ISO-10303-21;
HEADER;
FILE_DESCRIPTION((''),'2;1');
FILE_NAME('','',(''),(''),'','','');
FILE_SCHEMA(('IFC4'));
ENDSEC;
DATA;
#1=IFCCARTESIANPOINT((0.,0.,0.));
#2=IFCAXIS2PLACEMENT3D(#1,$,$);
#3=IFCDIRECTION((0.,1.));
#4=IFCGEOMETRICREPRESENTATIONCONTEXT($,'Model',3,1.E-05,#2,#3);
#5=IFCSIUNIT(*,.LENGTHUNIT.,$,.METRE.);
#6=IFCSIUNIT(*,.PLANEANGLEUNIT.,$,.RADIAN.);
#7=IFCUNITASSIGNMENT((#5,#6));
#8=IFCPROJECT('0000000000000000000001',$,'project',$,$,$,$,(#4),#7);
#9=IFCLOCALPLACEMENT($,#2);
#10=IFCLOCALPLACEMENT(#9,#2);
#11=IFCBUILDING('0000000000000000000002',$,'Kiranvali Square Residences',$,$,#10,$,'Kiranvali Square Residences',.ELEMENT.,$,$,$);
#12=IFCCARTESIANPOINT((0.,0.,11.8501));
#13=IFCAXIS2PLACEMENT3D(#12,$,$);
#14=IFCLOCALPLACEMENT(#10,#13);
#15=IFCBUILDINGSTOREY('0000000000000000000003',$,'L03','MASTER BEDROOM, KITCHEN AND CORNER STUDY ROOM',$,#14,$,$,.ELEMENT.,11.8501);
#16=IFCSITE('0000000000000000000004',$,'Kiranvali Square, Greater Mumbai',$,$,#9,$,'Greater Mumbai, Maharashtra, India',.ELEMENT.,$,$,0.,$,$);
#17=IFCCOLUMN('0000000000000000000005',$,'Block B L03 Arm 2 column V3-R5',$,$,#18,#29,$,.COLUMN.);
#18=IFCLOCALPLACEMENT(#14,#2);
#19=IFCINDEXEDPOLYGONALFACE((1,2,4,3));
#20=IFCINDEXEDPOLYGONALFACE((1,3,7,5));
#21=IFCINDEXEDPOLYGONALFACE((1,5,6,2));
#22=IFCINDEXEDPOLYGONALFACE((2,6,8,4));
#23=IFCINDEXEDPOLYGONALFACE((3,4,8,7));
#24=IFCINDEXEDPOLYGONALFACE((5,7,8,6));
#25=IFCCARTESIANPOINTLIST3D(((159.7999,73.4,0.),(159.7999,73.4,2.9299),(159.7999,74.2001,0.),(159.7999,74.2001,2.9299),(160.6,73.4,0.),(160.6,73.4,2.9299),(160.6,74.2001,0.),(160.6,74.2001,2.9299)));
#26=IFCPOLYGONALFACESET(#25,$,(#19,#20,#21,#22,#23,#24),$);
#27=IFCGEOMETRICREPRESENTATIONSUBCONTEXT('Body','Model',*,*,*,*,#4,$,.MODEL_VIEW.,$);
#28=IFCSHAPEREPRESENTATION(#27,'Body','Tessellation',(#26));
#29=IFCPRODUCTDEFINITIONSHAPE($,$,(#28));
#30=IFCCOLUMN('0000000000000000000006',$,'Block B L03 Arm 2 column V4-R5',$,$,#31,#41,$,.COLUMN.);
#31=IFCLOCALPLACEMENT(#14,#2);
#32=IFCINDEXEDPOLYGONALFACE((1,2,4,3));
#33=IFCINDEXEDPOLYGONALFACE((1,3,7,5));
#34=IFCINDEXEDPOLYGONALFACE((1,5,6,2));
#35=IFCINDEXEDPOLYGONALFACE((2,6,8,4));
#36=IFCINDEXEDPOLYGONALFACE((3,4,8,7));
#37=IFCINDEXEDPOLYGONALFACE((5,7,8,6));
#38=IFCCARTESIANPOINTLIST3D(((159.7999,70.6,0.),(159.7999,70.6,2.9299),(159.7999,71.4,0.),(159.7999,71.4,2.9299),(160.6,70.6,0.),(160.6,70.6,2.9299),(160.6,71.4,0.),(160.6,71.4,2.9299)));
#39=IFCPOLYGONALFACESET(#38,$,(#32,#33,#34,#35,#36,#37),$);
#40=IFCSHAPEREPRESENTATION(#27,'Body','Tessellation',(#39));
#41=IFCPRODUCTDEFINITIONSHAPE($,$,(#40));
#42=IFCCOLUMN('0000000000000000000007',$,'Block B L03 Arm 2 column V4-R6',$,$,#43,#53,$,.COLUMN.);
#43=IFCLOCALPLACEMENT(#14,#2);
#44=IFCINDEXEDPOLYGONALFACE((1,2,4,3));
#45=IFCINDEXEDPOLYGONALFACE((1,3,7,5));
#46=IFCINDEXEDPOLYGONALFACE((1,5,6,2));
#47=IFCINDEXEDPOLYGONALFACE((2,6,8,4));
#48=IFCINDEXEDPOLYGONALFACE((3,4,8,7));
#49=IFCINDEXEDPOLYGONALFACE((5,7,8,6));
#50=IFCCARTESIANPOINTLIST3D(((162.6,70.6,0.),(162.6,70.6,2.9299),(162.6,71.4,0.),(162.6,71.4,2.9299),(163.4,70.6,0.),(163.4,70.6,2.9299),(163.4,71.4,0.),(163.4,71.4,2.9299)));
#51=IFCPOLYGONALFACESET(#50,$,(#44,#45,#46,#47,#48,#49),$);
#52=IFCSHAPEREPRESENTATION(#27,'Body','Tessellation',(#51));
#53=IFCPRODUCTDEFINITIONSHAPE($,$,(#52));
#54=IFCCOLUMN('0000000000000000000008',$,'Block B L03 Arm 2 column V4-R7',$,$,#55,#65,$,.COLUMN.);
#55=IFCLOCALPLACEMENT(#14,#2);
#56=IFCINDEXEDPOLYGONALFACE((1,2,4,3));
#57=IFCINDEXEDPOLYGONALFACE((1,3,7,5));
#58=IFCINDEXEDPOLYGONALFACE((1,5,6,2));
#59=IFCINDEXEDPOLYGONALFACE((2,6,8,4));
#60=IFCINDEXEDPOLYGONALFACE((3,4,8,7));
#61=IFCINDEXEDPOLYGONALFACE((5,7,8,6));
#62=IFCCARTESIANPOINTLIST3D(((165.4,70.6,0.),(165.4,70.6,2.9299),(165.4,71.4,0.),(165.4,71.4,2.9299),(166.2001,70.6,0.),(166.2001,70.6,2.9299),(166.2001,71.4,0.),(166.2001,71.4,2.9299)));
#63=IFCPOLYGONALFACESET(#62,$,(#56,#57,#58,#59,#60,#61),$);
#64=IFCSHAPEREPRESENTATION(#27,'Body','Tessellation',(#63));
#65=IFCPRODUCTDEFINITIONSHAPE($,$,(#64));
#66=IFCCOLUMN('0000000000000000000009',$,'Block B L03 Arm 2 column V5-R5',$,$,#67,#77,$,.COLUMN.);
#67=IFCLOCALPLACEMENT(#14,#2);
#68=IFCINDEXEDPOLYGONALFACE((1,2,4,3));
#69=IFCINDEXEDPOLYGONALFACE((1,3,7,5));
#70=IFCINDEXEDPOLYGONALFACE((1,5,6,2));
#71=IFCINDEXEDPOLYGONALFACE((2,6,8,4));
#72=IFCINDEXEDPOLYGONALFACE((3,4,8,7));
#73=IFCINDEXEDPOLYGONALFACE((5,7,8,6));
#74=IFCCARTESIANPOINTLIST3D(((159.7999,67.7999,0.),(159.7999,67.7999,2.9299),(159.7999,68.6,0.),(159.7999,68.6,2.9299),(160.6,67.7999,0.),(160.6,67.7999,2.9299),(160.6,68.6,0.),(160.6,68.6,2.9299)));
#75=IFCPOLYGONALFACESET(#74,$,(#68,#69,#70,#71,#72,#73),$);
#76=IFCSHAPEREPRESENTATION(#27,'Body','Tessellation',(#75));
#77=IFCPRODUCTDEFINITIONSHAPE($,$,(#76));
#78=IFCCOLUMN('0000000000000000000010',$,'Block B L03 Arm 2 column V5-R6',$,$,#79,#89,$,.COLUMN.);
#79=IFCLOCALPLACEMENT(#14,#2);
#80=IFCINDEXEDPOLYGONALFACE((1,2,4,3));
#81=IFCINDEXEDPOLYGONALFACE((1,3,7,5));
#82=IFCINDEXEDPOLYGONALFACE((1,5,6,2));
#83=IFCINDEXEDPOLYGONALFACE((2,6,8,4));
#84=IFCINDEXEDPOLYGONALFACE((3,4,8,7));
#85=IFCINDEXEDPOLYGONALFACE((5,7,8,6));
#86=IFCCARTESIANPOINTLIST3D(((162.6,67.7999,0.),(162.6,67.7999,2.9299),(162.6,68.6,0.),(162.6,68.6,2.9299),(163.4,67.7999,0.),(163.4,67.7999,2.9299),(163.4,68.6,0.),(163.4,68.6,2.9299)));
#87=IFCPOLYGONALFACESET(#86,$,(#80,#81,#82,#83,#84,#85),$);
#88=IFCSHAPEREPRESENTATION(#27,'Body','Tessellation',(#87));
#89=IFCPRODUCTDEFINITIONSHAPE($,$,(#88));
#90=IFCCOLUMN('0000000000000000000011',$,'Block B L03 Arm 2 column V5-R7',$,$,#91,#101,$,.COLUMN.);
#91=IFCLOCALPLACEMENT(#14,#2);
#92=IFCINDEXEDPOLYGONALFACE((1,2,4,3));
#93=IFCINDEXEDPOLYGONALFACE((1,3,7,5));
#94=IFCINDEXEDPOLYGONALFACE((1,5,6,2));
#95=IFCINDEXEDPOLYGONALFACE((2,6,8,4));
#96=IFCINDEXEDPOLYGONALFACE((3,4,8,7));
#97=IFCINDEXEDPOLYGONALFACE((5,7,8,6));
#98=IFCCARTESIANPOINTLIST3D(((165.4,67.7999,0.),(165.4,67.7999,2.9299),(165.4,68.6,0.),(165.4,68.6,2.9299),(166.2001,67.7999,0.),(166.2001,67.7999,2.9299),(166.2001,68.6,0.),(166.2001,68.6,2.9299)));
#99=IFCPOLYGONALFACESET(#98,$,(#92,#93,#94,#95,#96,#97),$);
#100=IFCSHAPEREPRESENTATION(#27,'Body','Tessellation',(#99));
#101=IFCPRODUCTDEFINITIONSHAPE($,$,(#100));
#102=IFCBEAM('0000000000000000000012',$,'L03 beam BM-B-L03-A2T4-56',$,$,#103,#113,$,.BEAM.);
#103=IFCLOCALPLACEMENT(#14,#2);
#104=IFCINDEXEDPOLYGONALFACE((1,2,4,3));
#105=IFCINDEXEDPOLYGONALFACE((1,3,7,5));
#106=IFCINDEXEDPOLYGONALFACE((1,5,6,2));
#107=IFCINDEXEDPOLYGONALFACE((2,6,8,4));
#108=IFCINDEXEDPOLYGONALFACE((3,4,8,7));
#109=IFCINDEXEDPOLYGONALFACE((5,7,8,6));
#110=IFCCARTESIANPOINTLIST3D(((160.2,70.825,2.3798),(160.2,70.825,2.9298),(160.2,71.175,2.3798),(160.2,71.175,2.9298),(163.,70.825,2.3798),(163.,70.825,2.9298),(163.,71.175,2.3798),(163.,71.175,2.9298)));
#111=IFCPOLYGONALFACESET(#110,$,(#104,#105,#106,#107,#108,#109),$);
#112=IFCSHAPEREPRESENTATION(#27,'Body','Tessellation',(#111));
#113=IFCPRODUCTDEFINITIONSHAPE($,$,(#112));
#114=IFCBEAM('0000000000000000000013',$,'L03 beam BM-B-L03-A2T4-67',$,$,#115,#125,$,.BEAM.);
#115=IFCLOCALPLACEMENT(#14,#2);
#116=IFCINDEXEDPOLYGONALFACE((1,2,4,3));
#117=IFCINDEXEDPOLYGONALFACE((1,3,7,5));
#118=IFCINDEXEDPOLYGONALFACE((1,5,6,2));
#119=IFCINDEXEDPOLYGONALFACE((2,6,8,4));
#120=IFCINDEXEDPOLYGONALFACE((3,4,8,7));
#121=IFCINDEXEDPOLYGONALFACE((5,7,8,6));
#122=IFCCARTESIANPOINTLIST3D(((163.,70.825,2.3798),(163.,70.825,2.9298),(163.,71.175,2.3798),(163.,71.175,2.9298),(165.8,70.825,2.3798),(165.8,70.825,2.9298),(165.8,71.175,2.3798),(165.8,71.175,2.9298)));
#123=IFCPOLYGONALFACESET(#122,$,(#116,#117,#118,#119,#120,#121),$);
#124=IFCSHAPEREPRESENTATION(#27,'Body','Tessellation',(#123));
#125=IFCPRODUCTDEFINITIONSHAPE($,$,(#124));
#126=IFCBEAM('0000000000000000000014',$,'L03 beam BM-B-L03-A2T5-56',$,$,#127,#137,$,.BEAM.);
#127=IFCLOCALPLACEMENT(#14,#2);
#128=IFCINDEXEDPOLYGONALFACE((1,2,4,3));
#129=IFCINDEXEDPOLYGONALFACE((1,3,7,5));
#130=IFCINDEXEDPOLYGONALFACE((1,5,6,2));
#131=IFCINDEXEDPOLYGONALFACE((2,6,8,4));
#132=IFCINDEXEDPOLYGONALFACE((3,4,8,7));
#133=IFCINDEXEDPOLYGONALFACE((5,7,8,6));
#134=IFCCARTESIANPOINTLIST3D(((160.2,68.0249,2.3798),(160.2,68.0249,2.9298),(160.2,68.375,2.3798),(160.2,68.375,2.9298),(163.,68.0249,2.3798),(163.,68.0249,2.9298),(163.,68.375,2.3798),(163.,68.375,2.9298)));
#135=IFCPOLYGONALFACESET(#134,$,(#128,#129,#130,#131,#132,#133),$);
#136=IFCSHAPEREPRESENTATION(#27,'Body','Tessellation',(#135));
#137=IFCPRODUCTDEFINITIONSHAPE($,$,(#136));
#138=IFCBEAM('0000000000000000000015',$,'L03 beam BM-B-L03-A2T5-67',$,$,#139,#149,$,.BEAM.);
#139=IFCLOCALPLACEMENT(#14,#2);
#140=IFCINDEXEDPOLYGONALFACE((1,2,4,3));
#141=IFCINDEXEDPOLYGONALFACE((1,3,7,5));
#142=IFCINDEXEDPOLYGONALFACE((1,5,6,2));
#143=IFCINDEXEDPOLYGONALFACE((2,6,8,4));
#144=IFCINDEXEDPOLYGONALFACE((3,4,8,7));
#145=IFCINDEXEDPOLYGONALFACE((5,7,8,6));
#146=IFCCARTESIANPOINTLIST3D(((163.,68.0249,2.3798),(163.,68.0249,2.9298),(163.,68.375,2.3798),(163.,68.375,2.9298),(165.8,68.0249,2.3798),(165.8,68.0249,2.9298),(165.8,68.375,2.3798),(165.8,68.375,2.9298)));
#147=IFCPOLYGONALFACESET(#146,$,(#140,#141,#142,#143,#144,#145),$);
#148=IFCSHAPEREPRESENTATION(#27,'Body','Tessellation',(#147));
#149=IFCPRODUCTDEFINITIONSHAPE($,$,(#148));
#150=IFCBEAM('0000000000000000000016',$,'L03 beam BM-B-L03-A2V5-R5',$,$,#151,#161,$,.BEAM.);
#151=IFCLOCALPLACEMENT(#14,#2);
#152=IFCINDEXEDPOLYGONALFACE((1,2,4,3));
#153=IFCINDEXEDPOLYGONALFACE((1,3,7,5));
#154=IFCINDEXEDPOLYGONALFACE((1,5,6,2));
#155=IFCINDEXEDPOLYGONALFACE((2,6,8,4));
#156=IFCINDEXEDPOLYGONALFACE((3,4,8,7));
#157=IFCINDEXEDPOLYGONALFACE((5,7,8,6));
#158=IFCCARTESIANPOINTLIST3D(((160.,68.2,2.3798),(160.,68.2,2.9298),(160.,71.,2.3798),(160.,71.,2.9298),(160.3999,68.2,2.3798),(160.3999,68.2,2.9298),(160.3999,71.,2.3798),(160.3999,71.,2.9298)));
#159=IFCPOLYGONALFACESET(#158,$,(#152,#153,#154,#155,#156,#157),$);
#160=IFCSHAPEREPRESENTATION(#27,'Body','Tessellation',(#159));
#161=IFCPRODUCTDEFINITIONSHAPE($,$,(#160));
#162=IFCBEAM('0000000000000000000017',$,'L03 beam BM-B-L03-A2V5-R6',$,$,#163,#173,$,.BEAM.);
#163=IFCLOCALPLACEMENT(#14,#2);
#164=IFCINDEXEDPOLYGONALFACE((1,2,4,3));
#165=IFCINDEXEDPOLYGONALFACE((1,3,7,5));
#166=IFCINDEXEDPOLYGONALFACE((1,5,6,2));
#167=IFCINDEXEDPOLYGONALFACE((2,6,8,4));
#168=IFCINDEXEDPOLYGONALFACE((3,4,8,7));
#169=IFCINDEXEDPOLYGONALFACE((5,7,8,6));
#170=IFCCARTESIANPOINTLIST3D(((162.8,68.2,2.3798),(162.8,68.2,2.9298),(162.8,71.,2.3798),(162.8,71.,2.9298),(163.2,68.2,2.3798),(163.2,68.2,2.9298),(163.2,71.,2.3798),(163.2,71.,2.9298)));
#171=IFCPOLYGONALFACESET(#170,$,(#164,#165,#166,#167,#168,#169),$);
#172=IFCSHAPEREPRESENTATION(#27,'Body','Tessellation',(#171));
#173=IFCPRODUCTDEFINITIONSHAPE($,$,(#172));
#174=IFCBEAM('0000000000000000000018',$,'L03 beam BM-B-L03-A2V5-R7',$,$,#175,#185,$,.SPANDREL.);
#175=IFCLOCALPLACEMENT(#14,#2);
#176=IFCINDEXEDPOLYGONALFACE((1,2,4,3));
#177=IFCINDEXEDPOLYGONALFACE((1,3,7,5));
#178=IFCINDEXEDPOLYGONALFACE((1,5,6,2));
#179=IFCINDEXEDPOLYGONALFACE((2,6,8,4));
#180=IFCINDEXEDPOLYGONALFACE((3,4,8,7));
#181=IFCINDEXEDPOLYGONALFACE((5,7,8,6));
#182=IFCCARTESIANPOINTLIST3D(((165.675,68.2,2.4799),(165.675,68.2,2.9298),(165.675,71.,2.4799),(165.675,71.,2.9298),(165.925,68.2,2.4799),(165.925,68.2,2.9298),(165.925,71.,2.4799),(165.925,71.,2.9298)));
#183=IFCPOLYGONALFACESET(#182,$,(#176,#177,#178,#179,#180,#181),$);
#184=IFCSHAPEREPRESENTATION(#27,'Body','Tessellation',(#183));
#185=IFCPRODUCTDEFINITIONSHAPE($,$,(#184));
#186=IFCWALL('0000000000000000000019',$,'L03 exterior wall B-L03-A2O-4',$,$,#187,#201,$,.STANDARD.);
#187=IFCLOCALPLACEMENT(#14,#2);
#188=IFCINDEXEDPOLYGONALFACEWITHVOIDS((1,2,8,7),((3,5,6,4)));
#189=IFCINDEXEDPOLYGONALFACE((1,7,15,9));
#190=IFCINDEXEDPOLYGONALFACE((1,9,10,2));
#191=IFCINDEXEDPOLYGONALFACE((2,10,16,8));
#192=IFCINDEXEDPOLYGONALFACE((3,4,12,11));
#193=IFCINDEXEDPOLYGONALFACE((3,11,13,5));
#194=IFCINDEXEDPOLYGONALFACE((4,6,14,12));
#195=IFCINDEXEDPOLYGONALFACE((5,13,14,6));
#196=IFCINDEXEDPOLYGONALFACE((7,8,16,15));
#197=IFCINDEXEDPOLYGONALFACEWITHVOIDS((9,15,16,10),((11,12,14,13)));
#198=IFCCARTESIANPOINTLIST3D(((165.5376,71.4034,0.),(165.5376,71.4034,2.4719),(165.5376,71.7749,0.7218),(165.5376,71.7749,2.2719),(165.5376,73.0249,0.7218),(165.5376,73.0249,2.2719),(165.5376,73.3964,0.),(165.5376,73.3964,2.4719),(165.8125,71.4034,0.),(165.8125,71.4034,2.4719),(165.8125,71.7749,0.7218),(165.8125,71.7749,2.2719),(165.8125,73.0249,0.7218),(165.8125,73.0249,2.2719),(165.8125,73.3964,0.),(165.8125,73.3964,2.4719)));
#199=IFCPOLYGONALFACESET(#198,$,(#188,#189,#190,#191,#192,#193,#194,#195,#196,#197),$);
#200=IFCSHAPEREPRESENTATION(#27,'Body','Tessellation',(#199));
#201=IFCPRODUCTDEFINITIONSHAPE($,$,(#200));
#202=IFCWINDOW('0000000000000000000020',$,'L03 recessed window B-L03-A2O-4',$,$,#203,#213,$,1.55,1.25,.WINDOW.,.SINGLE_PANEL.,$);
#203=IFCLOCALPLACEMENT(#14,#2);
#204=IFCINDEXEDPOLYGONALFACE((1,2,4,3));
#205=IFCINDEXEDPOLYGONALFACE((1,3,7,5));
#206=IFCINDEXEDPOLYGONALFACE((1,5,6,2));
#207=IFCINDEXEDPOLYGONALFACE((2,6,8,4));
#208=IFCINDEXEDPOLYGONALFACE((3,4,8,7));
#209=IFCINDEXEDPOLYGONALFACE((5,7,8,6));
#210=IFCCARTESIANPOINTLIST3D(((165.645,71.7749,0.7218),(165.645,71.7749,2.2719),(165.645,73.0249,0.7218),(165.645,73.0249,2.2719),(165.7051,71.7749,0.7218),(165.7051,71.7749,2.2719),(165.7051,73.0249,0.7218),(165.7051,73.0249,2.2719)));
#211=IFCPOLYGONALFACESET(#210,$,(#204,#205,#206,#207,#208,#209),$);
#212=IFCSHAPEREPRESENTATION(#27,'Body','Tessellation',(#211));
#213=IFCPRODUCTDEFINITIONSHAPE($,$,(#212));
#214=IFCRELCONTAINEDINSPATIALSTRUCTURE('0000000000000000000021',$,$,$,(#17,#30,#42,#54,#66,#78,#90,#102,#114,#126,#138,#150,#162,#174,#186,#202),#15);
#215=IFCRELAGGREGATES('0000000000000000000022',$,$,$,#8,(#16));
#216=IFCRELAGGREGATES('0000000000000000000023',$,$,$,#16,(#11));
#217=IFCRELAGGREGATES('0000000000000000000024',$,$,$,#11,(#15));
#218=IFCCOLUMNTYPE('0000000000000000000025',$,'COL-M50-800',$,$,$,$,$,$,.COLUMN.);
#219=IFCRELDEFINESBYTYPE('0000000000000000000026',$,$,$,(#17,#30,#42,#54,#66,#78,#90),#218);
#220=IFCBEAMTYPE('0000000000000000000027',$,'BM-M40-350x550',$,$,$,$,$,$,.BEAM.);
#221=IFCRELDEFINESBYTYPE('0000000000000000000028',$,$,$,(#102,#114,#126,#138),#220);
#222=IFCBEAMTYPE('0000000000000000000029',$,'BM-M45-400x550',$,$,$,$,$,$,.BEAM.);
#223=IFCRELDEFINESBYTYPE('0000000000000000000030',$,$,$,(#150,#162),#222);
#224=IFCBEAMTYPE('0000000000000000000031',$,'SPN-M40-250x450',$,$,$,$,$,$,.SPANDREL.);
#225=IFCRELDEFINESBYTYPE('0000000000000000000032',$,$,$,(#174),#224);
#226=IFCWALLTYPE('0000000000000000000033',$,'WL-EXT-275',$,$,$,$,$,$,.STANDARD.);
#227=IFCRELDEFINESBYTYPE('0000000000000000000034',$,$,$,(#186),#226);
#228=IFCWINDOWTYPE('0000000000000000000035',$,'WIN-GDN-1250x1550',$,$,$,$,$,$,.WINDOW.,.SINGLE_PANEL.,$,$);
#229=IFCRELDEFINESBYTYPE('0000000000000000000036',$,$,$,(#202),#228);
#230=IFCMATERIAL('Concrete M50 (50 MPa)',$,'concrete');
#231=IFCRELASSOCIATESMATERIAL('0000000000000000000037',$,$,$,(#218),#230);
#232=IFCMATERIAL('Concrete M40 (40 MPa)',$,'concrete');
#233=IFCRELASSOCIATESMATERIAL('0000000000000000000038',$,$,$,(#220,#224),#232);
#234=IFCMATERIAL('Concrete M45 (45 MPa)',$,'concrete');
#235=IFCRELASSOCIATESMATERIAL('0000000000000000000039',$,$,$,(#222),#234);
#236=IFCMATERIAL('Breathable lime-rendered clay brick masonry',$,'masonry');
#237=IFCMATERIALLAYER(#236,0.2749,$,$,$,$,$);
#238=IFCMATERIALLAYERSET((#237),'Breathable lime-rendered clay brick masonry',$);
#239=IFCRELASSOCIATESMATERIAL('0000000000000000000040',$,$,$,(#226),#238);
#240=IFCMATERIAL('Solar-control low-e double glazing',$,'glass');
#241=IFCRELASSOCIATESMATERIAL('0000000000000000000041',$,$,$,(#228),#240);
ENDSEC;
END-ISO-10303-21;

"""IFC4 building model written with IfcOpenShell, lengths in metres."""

from ifc_helpers import new_model, si_unit, direction, frame, frame_2d, origin, origin_2d, place, context, subcontext, project, spatial, rectangle, extrude, material, layer, layer_set, material_profile, profile_set, type_object, element, fill, save


model = new_model("IFC4")

# Units and contexts
model_context = context("Model", 3, precision=1e-05, world=origin(), true_north=direction((0.0, 1.0)))
body_context = subcontext(model_context, "Body", "Model", "MODEL_VIEW")
ifc_project = project(units=[si_unit("LENGTHUNIT", "METRE"), si_unit("PLANEANGLEUNIT", "RADIAN")], contexts=[model_context])

# Site, building, storey
site_placement = place(None, origin())
site = spatial("IfcSite", under=ifc_project, at=site_placement, Name="Kiranvali Square, Greater Mumbai", LongName="Greater Mumbai, Maharashtra, India", CompositionType="ELEMENT", RefElevation=0.0)
building_placement = place(site_placement, origin())
building = spatial("IfcBuilding", under=site, at=building_placement, Name="Kiranvali Square Residences", LongName="Kiranvali Square Residences", CompositionType="ELEMENT")
storey_placement = place(building_placement, frame((0.0, 0.0, 11.8501)))
storey = spatial("IfcBuildingStorey", under=building, at=storey_placement, Name="L03", Description="MASTER BEDROOM, KITCHEN AND CORNER STUDY ROOM", CompositionType="ELEMENT", Elevation=11.8501)

# Columns
ifc_material_1 = material(Name="Concrete M50 (50 MPa)", Category="concrete")
ifc_material_profile_1 = material_profile(ifc_material_1, rectangle(XDim=0.8, YDim=0.8, at=origin_2d()), Name="RC 800x800")
ifc_profile_set_1 = profile_set([ifc_material_profile_1], Name="Concrete M50 (50 MPa)")
column_type = type_object("IfcColumnType", Name="COL-M50-800", PredefinedType="COLUMN", material=ifc_profile_set_1)
for number, where, z_axis, x_axis, name in (
    (1, (160.2, 73.8, 0.0), (0.0, 0.0, 1.0), (1.0, 0.0, 0.0), "Block B L03 Arm 2 column V3-R5"),
    (2, (160.2, 71.0, 0.0), (0.0, 0.0, 1.0), (1.0, 0.0, 0.0), "Block B L03 Arm 2 column V4-R5"),
    (3, (163.0, 71.0, 0.0), (0.0, 0.0, 1.0), (1.0, 0.0, 0.0), "Block B L03 Arm 2 column V4-R6"),
    (4, (165.8, 71.0, 0.0), (0.0, 0.0, 1.0), (1.0, 0.0, 0.0), "Block B L03 Arm 2 column V4-R7"),
    (5, (160.2, 68.2, 0.0), (0.0, 0.0, 1.0), (1.0, 0.0, 0.0), "Block B L03 Arm 2 column V5-R5"),
    (6, (163.0, 68.2, 0.0), (0.0, 0.0, 1.0), (1.0, 0.0, 0.0), "Block B L03 Arm 2 column V5-R6"),
    (7, (165.8, 68.2, 0.0), (0.0, 0.0, 1.0), (1.0, 0.0, 0.0), "Block B L03 Arm 2 column V5-R7"),
):
    element("IfcColumn", number, at=place(storey_placement, frame(where, z_axis=z_axis, x_axis=x_axis)), inside=storey, type_object=column_type, Name=name, PredefinedType="COLUMN", context=body_context, shape_type="SweptSolid", body=[
        extrude(rectangle(XDim=0.8, YDim=0.8, at=origin_2d()), origin(), (0.0, 0.0, 1.0), 2.9299),
    ])

# Beams
ifc_material_2 = material(Name="Concrete M40 (40 MPa)", Category="concrete")
ifc_material_profile_2 = material_profile(ifc_material_2, rectangle(XDim=0.3501, YDim=0.55, at=origin_2d()), Name="RC 350x550")
ifc_profile_set_2 = profile_set([ifc_material_profile_2], Name="Concrete M40 (40 MPa)")
beam_type_1 = type_object("IfcBeamType", Name="BM-M40-350x550", PredefinedType="BEAM", material=ifc_profile_set_2)
for number, where, z_axis, x_axis, name in (
    (8, (160.2, 71.0, 2.6548), (1.0, 0.0, 0.0), (0.0, 1.0, 0.0), "L03 beam BM-B-L03-A2T4-56"),
    (9, (163.0, 71.0, 2.6548), (1.0, 0.0, 0.0), (0.0, 1.0, 0.0), "L03 beam BM-B-L03-A2T4-67"),
    (10, (160.2, 68.2, 2.6548), (1.0, 0.0, 0.0), (0.0, 1.0, 0.0), "L03 beam BM-B-L03-A2T5-56"),
    (11, (163.0, 68.2, 2.6548), (1.0, 0.0, 0.0), (0.0, 1.0, 0.0), "L03 beam BM-B-L03-A2T5-67"),
):
    element("IfcBeam", number, at=place(storey_placement, frame(where, z_axis=z_axis, x_axis=x_axis)), inside=storey, type_object=beam_type_1, Name=name, PredefinedType="BEAM", context=body_context, shape_type="SweptSolid", body=[
        extrude(rectangle(XDim=0.3501, YDim=0.55, at=origin_2d()), origin(), (0.0, 0.0, 1.0), 2.8),
    ])
ifc_material_3 = material(Name="Concrete M45 (45 MPa)", Category="concrete")
ifc_material_profile_3 = material_profile(ifc_material_3, rectangle(XDim=0.3999, YDim=0.55, at=origin_2d()), Name="RC 400x550")
ifc_profile_set_3 = profile_set([ifc_material_profile_3], Name="Concrete M45 (45 MPa)")
beam_type_2 = type_object("IfcBeamType", Name="BM-M45-400x550", PredefinedType="BEAM", material=ifc_profile_set_3)
for number, where, z_axis, x_axis, name in (
    (12, (160.2, 71.0, 2.6548), (0.0, -1.0, 0.0), (1.0, 0.0, 0.0), "L03 beam BM-B-L03-A2V5-R5"),
    (13, (163.0, 71.0, 2.6548), (0.0, -1.0, 0.0), (1.0, 0.0, 0.0), "L03 beam BM-B-L03-A2V5-R6"),
):
    element("IfcBeam", number, at=place(storey_placement, frame(where, z_axis=z_axis, x_axis=x_axis)), inside=storey, type_object=beam_type_2, Name=name, PredefinedType="BEAM", context=body_context, shape_type="SweptSolid", body=[
        extrude(rectangle(XDim=0.3999, YDim=0.55, at=origin_2d()), origin(), (0.0, 0.0, 1.0), 2.8),
    ])
ifc_material_profile_4 = material_profile(ifc_material_2, rectangle(XDim=0.25, YDim=0.45, at=origin_2d()), Name="RC 250x450")
ifc_profile_set_4 = profile_set([ifc_material_profile_4], Name="Concrete M40 (40 MPa)")
beam_type_3 = type_object("IfcBeamType", Name="SPN-M40-250x450", PredefinedType="SPANDREL", material=ifc_profile_set_4)
beam_placement = place(storey_placement, frame((165.8, 71.0, 2.7048), z_axis=(0.0, -1.0, 0.0), x_axis=(1.0, 0.0, 0.0)))
element("IfcBeam", 14, at=beam_placement, inside=storey, type_object=beam_type_3, Name="L03 beam BM-B-L03-A2V5-R7", PredefinedType="SPANDREL", context=body_context, shape_type="SweptSolid", body=[
    extrude(rectangle(XDim=0.25, YDim=0.45, at=origin_2d()), origin(), (0.0, 0.0, 1.0), 2.8),
])

# Wall, opening, window
ifc_material_4 = material(Name="Breathable lime-rendered clay brick masonry", Category="masonry")
ifc_layer = layer(ifc_material_4, 0.2749)
ifc_layer_set = layer_set([ifc_layer], Name="Breathable lime-rendered clay brick masonry")
wall_type = type_object("IfcWallType", Name="WL-EXT-275", PredefinedType="STANDARD", material=ifc_layer_set)
wall_1_placement = place(storey_placement, frame((165.675, 73.3965, 0.0), z_axis=(0.0, 0.0, 1.0), x_axis=(0.0, -1.0, 0.0)))
wall_1 = element("IfcWall", 15, at=wall_1_placement, inside=storey, type_object=wall_type, Name="L03 exterior wall B-L03-A2O-4", PredefinedType="STANDARD", context=body_context, shape_type="SweptSolid", body=[
    extrude(rectangle(XDim=1.9929, YDim=0.2749, at=frame_2d((0.9966, 0.0))), origin(), (0.0, 0.0, 1.0), 2.4719),
])
opening_1_placement = place(wall_1_placement, frame((0.3716, 0.0, 0.7219)))
opening_1 = element("IfcOpeningElement", 16, at=opening_1_placement, cuts=wall_1, PredefinedType="OPENING", context=body_context, shape_type="SweptSolid", body=[
    extrude(rectangle(XDim=1.25, YDim=1.55, at=frame_2d((0.625, 0.7749))), frame((0.0, 0.1475, 0.0), z_axis=(0.0, -1.0, 0.0), x_axis=(1.0, 0.0, 0.0)), (0.0, 0.0, 1.0), 0.2949),
])
ifc_material_5 = material(Name="Solar-control low-e double glazing", Category="glass")
window_type_1 = type_object("IfcWindowType", Name="WIN-GDN-1250x1550", PartitioningType="SINGLE_PANEL", PredefinedType="WINDOW", material=ifc_material_5)
window_1_placement = place(opening_1_placement, origin())
window_1 = element("IfcWindow", 17, at=window_1_placement, inside=storey, type_object=window_type_1, Name="L03 recessed window B-L03-A2O-4", OverallHeight=1.55, OverallWidth=1.25, PartitioningType="SINGLE_PANEL", PredefinedType="WINDOW", context=body_context, shape_type="SweptSolid", body=[
    extrude(rectangle(XDim=1.25, YDim=1.55, at=frame_2d((0.625, 0.7749))), frame((0.0, 0.03, 0.0), z_axis=(0.0, -1.0, 0.0), x_axis=(1.0, 0.0, 0.0)), (0.0, 0.0, 1.0), 0.0601),
])
fill(opening_1, window_1)

save(model, "model.ifc")
